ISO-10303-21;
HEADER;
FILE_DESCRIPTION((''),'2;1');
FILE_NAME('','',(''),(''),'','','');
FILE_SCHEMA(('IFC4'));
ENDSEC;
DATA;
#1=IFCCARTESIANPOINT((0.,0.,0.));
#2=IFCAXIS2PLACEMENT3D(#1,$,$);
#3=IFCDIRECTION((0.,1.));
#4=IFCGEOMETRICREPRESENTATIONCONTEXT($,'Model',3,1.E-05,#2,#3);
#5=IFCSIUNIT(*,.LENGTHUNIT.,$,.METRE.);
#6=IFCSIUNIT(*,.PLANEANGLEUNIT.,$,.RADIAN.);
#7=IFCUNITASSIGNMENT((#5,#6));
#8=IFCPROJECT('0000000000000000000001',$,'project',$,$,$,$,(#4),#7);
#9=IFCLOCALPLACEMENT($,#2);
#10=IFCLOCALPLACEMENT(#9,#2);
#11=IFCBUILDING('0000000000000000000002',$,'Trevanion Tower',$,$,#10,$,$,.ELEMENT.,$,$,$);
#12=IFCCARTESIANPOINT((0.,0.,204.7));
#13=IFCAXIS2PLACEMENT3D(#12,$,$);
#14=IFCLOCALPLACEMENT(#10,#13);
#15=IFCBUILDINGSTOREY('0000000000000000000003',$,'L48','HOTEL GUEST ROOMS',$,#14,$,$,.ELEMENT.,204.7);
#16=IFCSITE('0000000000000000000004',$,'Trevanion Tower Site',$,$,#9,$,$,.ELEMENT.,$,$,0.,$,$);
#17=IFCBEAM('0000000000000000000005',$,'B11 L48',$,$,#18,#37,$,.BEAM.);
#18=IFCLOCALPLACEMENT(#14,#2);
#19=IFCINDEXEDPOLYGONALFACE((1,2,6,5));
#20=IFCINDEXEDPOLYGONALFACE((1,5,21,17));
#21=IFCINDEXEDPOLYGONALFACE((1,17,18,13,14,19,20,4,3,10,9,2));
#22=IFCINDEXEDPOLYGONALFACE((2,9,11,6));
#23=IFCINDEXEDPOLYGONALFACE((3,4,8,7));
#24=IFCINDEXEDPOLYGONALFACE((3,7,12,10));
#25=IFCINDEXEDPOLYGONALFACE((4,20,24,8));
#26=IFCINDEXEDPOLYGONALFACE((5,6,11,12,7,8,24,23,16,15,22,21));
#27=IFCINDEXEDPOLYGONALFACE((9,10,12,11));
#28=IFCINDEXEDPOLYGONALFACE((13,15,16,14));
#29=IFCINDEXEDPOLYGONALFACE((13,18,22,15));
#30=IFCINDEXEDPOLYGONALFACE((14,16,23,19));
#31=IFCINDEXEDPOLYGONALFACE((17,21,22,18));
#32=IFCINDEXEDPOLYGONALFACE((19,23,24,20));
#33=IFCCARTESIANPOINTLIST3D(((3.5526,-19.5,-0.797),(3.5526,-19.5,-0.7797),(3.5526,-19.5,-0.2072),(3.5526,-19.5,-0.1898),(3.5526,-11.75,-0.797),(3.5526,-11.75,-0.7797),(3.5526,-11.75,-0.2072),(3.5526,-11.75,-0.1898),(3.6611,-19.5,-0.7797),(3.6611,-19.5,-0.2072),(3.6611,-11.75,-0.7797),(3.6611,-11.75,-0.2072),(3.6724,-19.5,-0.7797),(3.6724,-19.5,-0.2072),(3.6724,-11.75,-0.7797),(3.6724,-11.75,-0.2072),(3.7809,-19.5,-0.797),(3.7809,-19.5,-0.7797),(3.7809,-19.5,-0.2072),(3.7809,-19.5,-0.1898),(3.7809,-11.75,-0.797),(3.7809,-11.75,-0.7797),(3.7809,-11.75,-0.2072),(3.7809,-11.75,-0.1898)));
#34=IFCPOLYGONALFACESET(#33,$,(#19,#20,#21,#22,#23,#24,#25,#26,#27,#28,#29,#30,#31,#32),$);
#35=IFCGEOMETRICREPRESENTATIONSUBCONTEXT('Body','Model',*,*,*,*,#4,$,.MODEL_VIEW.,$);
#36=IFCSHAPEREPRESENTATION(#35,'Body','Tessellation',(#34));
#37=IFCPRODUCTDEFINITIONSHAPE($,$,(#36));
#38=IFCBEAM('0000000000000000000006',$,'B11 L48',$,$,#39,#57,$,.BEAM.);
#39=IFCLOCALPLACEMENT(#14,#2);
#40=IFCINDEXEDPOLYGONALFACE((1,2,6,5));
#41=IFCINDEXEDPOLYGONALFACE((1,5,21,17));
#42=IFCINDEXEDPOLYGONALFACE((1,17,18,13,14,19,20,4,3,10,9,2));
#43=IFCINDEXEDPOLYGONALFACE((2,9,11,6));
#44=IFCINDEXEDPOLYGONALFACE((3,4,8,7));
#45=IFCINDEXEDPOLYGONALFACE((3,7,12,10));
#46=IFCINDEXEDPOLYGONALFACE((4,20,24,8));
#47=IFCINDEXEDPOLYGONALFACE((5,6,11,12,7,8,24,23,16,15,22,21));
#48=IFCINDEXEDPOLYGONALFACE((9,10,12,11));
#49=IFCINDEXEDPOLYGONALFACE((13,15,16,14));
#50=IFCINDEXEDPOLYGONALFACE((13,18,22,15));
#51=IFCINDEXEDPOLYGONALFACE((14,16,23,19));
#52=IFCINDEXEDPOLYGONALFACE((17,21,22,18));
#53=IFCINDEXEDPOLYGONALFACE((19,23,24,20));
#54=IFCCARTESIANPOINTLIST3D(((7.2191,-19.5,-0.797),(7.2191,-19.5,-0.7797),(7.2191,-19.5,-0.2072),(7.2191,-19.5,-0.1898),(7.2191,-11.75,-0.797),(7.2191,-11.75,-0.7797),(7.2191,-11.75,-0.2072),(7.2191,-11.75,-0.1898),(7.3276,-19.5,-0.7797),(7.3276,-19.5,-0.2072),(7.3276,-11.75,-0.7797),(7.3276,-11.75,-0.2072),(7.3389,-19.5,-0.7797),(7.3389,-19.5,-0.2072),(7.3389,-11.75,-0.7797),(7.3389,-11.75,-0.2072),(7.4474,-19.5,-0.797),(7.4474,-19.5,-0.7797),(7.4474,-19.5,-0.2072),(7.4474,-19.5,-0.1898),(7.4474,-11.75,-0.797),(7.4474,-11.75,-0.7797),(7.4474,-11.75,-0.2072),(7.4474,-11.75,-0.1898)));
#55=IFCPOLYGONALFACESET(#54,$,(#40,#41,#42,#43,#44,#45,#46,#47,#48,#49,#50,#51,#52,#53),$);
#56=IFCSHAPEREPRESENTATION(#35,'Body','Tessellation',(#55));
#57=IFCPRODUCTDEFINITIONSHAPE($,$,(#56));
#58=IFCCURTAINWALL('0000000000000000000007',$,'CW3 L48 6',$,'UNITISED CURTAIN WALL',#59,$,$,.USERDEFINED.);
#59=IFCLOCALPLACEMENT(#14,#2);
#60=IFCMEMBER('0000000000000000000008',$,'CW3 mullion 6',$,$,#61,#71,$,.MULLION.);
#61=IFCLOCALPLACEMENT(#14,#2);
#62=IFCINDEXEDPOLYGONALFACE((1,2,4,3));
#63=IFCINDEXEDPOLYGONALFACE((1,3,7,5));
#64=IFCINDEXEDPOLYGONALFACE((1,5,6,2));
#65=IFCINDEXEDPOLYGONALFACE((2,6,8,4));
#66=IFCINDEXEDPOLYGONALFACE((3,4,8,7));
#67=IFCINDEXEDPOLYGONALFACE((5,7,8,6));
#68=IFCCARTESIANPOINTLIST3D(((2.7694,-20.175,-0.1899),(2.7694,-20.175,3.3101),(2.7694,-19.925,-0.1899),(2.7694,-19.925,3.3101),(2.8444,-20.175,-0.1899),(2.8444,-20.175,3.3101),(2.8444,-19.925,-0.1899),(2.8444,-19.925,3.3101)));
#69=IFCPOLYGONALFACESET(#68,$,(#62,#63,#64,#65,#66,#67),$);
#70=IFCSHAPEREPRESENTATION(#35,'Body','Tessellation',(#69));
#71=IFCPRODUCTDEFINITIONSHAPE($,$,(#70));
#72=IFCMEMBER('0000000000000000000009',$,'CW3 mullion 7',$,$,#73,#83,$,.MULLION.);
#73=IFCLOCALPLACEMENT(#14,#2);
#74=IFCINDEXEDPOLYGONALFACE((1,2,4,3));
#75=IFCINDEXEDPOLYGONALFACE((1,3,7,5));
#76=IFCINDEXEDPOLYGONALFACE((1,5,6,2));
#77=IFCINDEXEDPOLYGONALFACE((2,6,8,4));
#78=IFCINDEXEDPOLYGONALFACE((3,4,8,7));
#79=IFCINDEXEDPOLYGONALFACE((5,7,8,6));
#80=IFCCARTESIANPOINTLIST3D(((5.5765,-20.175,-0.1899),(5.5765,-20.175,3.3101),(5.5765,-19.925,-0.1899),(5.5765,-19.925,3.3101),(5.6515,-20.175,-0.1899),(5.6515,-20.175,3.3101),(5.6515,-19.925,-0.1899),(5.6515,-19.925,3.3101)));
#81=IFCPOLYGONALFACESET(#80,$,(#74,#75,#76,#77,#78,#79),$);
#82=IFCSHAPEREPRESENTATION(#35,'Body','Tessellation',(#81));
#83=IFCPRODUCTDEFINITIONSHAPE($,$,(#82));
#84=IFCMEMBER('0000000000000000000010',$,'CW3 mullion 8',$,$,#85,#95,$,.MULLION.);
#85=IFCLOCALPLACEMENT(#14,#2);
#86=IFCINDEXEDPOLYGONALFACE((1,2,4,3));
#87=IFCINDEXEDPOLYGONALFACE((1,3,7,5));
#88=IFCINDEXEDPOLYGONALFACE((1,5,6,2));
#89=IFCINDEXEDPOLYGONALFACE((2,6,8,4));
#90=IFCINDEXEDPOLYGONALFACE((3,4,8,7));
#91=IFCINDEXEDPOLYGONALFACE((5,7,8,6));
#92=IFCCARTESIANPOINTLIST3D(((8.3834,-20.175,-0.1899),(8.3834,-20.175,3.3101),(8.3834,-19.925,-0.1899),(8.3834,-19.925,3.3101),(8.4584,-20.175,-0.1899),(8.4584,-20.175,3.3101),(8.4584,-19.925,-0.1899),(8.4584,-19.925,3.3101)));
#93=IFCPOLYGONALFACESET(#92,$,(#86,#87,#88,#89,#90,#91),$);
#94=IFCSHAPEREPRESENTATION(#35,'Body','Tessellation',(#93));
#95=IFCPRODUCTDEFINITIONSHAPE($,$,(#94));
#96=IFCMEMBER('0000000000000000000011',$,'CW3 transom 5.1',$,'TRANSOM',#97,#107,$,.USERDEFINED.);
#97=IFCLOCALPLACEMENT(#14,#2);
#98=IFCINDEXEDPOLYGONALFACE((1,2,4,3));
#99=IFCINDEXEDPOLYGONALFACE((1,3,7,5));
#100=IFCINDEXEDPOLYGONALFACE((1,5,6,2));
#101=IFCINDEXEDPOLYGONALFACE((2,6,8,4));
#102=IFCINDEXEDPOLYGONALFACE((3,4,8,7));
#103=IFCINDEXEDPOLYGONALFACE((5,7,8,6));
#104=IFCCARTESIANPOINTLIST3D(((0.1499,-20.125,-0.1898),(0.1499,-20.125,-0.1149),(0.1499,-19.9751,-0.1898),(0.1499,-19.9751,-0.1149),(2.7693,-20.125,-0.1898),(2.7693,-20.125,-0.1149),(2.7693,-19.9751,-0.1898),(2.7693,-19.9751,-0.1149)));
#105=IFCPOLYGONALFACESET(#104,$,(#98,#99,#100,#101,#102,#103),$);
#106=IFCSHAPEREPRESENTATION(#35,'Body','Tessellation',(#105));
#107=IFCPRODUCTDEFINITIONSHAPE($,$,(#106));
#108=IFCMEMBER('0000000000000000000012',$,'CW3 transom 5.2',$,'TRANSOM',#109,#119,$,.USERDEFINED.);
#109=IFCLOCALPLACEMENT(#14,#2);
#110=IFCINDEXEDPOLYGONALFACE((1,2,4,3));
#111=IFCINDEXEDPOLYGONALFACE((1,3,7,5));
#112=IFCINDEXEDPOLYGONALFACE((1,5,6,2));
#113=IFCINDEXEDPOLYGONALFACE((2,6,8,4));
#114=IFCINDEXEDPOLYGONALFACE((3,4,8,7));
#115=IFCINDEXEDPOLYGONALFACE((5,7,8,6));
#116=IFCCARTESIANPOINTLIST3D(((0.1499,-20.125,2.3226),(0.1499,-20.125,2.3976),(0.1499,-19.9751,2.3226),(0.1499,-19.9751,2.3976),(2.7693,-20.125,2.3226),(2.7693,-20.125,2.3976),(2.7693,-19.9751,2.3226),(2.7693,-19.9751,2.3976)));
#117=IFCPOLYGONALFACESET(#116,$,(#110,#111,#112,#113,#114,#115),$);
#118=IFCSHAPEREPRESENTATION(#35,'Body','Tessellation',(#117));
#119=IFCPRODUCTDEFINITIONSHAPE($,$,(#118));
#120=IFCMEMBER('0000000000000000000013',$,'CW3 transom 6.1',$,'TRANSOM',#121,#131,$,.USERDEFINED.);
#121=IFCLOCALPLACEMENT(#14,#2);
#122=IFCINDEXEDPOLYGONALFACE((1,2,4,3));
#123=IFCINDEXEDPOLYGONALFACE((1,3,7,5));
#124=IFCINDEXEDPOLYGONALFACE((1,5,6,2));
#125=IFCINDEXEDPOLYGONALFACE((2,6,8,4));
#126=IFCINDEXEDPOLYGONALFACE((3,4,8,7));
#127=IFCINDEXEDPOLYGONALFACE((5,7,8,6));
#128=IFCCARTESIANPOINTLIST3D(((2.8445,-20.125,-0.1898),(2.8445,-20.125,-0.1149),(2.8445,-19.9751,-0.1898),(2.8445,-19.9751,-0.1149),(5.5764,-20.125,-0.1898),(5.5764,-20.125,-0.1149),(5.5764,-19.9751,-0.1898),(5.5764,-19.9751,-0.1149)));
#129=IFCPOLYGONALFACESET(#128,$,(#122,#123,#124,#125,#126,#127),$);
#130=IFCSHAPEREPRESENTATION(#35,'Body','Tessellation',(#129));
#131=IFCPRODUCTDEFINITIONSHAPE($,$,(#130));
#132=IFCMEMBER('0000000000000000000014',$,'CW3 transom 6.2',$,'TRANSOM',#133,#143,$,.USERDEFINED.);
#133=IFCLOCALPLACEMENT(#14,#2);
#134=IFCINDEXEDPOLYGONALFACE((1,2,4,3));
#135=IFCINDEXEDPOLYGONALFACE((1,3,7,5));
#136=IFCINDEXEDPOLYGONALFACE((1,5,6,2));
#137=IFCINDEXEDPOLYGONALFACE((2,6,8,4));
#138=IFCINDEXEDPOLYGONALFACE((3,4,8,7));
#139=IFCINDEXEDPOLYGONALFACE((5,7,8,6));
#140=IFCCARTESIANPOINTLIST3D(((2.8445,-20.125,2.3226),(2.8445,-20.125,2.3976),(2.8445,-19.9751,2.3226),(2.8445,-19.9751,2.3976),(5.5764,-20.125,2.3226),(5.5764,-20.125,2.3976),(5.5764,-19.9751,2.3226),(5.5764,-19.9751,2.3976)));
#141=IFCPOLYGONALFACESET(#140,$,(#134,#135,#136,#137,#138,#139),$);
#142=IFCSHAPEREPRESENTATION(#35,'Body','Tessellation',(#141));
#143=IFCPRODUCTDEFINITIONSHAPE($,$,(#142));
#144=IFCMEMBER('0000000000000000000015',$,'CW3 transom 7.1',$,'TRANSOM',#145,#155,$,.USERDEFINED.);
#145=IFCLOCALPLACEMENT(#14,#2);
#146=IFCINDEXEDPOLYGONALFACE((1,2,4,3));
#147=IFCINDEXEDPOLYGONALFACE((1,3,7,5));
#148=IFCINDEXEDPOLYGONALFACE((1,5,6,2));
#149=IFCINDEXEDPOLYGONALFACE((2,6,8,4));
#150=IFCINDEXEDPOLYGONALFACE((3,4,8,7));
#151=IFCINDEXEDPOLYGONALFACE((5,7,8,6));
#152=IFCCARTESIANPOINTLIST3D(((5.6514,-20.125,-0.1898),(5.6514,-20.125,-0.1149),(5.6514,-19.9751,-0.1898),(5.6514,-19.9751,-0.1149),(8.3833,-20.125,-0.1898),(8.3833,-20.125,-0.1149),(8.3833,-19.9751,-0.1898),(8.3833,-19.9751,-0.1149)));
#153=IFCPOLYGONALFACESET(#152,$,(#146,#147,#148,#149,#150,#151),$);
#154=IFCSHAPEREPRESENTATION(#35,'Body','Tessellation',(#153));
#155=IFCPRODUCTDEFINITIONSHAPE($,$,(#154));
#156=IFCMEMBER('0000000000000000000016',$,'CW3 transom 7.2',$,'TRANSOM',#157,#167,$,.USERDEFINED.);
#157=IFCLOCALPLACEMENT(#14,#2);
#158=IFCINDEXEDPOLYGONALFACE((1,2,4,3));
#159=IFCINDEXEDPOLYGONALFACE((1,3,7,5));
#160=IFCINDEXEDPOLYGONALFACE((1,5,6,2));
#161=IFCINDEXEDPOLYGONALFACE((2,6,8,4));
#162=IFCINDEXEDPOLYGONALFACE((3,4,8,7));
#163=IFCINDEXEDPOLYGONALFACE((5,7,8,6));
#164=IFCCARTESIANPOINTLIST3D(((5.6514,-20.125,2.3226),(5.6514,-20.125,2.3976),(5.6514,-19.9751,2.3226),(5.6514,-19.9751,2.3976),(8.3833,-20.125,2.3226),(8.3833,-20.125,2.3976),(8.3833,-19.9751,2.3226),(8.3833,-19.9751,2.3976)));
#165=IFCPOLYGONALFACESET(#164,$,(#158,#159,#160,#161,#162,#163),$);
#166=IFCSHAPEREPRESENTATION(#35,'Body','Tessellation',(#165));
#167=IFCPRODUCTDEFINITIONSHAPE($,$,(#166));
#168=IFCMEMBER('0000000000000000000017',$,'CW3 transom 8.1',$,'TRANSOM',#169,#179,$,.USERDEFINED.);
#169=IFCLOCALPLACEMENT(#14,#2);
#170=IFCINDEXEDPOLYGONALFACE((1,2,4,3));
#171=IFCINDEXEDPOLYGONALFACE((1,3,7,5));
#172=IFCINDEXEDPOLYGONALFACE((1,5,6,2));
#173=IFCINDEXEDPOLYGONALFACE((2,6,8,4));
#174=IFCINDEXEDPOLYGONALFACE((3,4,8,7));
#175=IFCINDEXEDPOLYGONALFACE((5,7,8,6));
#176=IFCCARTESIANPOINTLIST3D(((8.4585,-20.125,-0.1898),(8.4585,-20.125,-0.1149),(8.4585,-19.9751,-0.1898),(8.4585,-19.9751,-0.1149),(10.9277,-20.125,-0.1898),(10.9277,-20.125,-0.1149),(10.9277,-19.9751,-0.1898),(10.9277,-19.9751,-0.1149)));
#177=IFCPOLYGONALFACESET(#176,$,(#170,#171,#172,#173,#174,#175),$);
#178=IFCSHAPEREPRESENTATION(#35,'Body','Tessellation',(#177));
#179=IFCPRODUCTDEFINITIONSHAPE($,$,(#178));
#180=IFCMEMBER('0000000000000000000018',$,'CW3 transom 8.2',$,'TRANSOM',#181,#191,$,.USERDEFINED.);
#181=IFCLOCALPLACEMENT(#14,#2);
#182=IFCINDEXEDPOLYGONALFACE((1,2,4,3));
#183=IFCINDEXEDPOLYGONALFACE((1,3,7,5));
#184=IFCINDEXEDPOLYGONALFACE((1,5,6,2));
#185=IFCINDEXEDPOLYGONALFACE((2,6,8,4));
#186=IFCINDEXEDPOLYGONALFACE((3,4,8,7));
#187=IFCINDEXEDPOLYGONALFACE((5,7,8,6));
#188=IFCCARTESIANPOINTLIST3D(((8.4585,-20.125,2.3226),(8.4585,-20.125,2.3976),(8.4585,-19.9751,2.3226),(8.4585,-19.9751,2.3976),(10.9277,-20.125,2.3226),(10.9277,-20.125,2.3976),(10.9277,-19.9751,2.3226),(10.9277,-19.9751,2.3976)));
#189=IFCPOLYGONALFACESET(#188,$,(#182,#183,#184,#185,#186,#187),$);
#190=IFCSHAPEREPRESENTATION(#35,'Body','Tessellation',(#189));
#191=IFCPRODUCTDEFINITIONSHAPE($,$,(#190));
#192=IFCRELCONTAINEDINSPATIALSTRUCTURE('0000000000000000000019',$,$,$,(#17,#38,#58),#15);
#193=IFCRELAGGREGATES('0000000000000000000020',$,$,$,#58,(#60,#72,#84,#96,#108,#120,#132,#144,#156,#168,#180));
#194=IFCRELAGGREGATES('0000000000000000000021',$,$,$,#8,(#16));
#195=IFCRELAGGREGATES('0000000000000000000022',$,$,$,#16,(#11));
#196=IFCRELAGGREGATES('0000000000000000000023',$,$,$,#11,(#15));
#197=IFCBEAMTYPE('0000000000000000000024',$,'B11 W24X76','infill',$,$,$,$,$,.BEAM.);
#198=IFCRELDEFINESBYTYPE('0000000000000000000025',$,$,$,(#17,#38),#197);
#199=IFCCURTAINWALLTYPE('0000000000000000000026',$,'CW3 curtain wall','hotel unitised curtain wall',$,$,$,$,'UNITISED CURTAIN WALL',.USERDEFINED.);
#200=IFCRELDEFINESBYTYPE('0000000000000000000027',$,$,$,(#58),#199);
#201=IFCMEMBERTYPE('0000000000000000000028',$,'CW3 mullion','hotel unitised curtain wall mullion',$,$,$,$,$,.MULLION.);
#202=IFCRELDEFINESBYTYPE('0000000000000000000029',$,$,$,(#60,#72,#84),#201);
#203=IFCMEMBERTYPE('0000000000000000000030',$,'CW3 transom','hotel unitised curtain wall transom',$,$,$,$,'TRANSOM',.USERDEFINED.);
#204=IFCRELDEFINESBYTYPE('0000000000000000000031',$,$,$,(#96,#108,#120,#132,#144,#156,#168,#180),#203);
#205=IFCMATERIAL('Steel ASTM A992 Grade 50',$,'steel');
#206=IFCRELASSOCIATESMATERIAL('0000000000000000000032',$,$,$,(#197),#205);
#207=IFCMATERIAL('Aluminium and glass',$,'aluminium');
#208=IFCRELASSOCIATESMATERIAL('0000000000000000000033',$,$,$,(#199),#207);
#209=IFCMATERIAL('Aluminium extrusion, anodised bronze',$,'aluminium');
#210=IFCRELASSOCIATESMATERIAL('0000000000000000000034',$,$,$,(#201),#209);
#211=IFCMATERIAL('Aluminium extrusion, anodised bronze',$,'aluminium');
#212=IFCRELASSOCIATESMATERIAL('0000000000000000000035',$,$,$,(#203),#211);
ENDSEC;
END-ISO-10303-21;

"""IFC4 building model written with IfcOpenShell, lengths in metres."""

from ifc_helpers import new_model, si_unit, direction, frame, origin, origin_2d, place, context, subcontext, project, spatial, rectangle, i_section, extrude, material, material_profile, profile_set, type_object, element, aggregate, save


model = new_model("IFC4")

# Units and contexts
model_context = context("Model", 3, precision=1e-05, world=origin(), true_north=direction((0.0, 1.0)))
body_context = subcontext(model_context, "Body", "Model", "MODEL_VIEW")
ifc_project = project(units=[si_unit("LENGTHUNIT", "METRE"), si_unit("PLANEANGLEUNIT", "RADIAN")], contexts=[model_context])

# Site, building, storey
site_placement = place(None, origin())
site = spatial("IfcSite", under=ifc_project, at=site_placement, Name="Trevanion Tower Site", CompositionType="ELEMENT", RefElevation=0.0)
building_placement = place(site_placement, origin())
building = spatial("IfcBuilding", under=site, at=building_placement, Name="Trevanion Tower", CompositionType="ELEMENT")
storey_placement = place(building_placement, frame((0.0, 0.0, 204.7)))
storey = spatial("IfcBuildingStorey", under=building, at=storey_placement, Name="L48", Description="HOTEL GUEST ROOMS", CompositionType="ELEMENT", Elevation=204.7)

# Beams
ifc_material_1 = material(Name="Steel ASTM A992 Grade 50", Category="steel")
ifc_material_profile_1 = material_profile(ifc_material_1, i_section(OverallWidth=0.2283, OverallDepth=0.6072, WebThickness=0.0112, FlangeThickness=0.0173, at=origin_2d()), Name="W24X76")
ifc_profile_set_1 = profile_set([ifc_material_profile_1], Name="Steel ASTM A992 Grade 50")
beam_type_1 = type_object("IfcBeamType", Name="B11 W24X76", Description="infill", PredefinedType="BEAM", material=ifc_profile_set_1)
for number, where, z_axis, x_axis, name in (
    (1, (3.6667, -11.75, -0.4934), (0.0, -1.0, 0.0), (1.0, 0.0, 0.0), "B11 L48"),
    (2, (7.3333, -11.75, -0.4934), (0.0, -1.0, 0.0), (1.0, 0.0, 0.0), "B11 L48"),
):
    element("IfcBeam", number, at=place(storey_placement, frame(where, z_axis=z_axis, x_axis=x_axis)), inside=storey, type_object=beam_type_1, Name=name, PredefinedType="BEAM", context=body_context, shape_type="SweptSolid", body=[
        extrude(i_section(OverallWidth=0.2283, OverallDepth=0.6072, WebThickness=0.0112, FlangeThickness=0.0173, at=origin_2d()), origin(), (0.0, 0.0, 1.0), 7.75),
    ])

# Curtain wall, members
ifc_material_2 = material(Name="Aluminium and glass", Category="aluminium")
curtain_wall_type = type_object("IfcCurtainWallType", Name="CW3 curtain wall", Description="hotel unitised curtain wall", ElementType="UNITISED CURTAIN WALL", PredefinedType="USERDEFINED", material=ifc_material_2)
curtain_wall_placement = place(storey_placement, origin())
curtain_wall = element("IfcCurtainWall", 3, at=curtain_wall_placement, inside=storey, type_object=curtain_wall_type, Name="CW3 L48 6", ObjectType="UNITISED CURTAIN WALL", PredefinedType="USERDEFINED")
ifc_material_3 = material(Name="Aluminium extrusion, anodised bronze", Category="aluminium")
ifc_material_profile_2 = material_profile(ifc_material_3, rectangle(XDim=0.075, YDim=0.25, at=origin_2d()), Name="CW3 mullion")
ifc_profile_set_2 = profile_set([ifc_material_profile_2], Name="Aluminium extrusion, anodised bronze")
member_type_1 = type_object("IfcMemberType", Name="CW3 mullion", Description="hotel unitised curtain wall mullion", PredefinedType="MULLION", material=ifc_profile_set_2)
member_1_placement = place(storey_placement, frame((2.8069, -20.05, -0.1899), z_axis=(0.0, 0.0, 1.0), x_axis=(1.0, 0.0, 0.0)))
member_1 = element("IfcMember", 4, at=member_1_placement, type_object=member_type_1, Name="CW3 mullion 6", PredefinedType="MULLION", context=body_context, shape_type="SweptSolid", body=[
    extrude(rectangle(XDim=0.075, YDim=0.25, at=origin_2d()), origin(), (0.0, 0.0, 1.0), 3.5),
])
member_2_placement = place(storey_placement, frame((5.614, -20.05, -0.1899), z_axis=(0.0, 0.0, 1.0), x_axis=(1.0, 0.0, 0.0)))
member_2 = element("IfcMember", 5, at=member_2_placement, type_object=member_type_1, Name="CW3 mullion 7", PredefinedType="MULLION", context=body_context, shape_type="SweptSolid", body=[
    extrude(rectangle(XDim=0.075, YDim=0.25, at=origin_2d()), origin(), (0.0, 0.0, 1.0), 3.5),
])
member_3_placement = place(storey_placement, frame((8.4209, -20.05, -0.1899), z_axis=(0.0, 0.0, 1.0), x_axis=(1.0, 0.0, 0.0)))
member_3 = element("IfcMember", 6, at=member_3_placement, type_object=member_type_1, Name="CW3 mullion 8", PredefinedType="MULLION", context=body_context, shape_type="SweptSolid", body=[
    extrude(rectangle(XDim=0.075, YDim=0.25, at=origin_2d()), origin(), (0.0, 0.0, 1.0), 3.5),
])
ifc_material_4 = material(Name="Aluminium extrusion, anodised bronze", Category="aluminium")
ifc_material_profile_3 = material_profile(ifc_material_4, rectangle(XDim=0.1499, YDim=0.075, at=origin_2d()), Name="CW3 transom")
ifc_profile_set_3 = profile_set([ifc_material_profile_3], Name="Aluminium extrusion, anodised bronze")
member_type_2 = type_object("IfcMemberType", Name="CW3 transom", Description="hotel unitised curtain wall transom", ElementType="TRANSOM", PredefinedType="USERDEFINED", material=ifc_profile_set_3)
member_4_placement = place(storey_placement, frame((0.1499, -20.05, -0.1523), z_axis=(1.0, 0.0, 0.0), x_axis=(0.0, 1.0, 0.0)))
member_4 = element("IfcMember", 7, at=member_4_placement, type_object=member_type_2, Name="CW3 transom 5.1", ObjectType="TRANSOM", PredefinedType="USERDEFINED", context=body_context, shape_type="SweptSolid", body=[
    extrude(rectangle(XDim=0.1499, YDim=0.075, at=origin_2d()), origin(), (0.0, 0.0, 1.0), 2.6194),
])
member_5_placement = place(storey_placement, frame((0.1499, -20.05, 2.3601), z_axis=(1.0, 0.0, 0.0), x_axis=(0.0, 1.0, 0.0)))
member_5 = element("IfcMember", 8, at=member_5_placement, type_object=member_type_2, Name="CW3 transom 5.2", ObjectType="TRANSOM", PredefinedType="USERDEFINED", context=body_context, shape_type="SweptSolid", body=[
    extrude(rectangle(XDim=0.1499, YDim=0.075, at=origin_2d()), origin(), (0.0, 0.0, 1.0), 2.6194),
])
member_6_placement = place(storey_placement, frame((2.8445, -20.05, -0.1523), z_axis=(1.0, 0.0, 0.0), x_axis=(0.0, 1.0, 0.0)))
member_6 = element("IfcMember", 9, at=member_6_placement, type_object=member_type_2, Name="CW3 transom 6.1", ObjectType="TRANSOM", PredefinedType="USERDEFINED", context=body_context, shape_type="SweptSolid", body=[
    extrude(rectangle(XDim=0.1499, YDim=0.075, at=origin_2d()), origin(), (0.0, 0.0, 1.0), 2.7319),
])
member_7_placement = place(storey_placement, frame((2.8445, -20.05, 2.3601), z_axis=(1.0, 0.0, 0.0), x_axis=(0.0, 1.0, 0.0)))
member_7 = element("IfcMember", 10, at=member_7_placement, type_object=member_type_2, Name="CW3 transom 6.2", ObjectType="TRANSOM", PredefinedType="USERDEFINED", context=body_context, shape_type="SweptSolid", body=[
    extrude(rectangle(XDim=0.1499, YDim=0.075, at=origin_2d()), origin(), (0.0, 0.0, 1.0), 2.7319),
])
member_8_placement = place(storey_placement, frame((5.6514, -20.05, -0.1523), z_axis=(1.0, 0.0, 0.0), x_axis=(0.0, 1.0, 0.0)))
member_8 = element("IfcMember", 11, at=member_8_placement, type_object=member_type_2, Name="CW3 transom 7.1", ObjectType="TRANSOM", PredefinedType="USERDEFINED", context=body_context, shape_type="SweptSolid", body=[
    extrude(rectangle(XDim=0.1499, YDim=0.075, at=origin_2d()), origin(), (0.0, 0.0, 1.0), 2.7319),
])
member_9_placement = place(storey_placement, frame((5.6514, -20.05, 2.3601), z_axis=(1.0, 0.0, 0.0), x_axis=(0.0, 1.0, 0.0)))
member_9 = element("IfcMember", 12, at=member_9_placement, type_object=member_type_2, Name="CW3 transom 7.2", ObjectType="TRANSOM", PredefinedType="USERDEFINED", context=body_context, shape_type="SweptSolid", body=[
    extrude(rectangle(XDim=0.1499, YDim=0.075, at=origin_2d()), origin(), (0.0, 0.0, 1.0), 2.7319),
])
member_10_placement = place(storey_placement, frame((8.4585, -20.05, -0.1523), z_axis=(1.0, 0.0, 0.0), x_axis=(0.0, 1.0, 0.0)))
member_10 = element("IfcMember", 13, at=member_10_placement, type_object=member_type_2, Name="CW3 transom 8.1", ObjectType="TRANSOM", PredefinedType="USERDEFINED", context=body_context, shape_type="SweptSolid", body=[
    extrude(rectangle(XDim=0.1499, YDim=0.075, at=origin_2d()), origin(), (0.0, 0.0, 1.0), 2.4692),
])
member_11_placement = place(storey_placement, frame((8.4585, -20.05, 2.3601), z_axis=(1.0, 0.0, 0.0), x_axis=(0.0, 1.0, 0.0)))
member_11 = element("IfcMember", 14, at=member_11_placement, type_object=member_type_2, Name="CW3 transom 8.2", ObjectType="TRANSOM", PredefinedType="USERDEFINED", context=body_context, shape_type="SweptSolid", body=[
    extrude(rectangle(XDim=0.1499, YDim=0.075, at=origin_2d()), origin(), (0.0, 0.0, 1.0), 2.4692),
])

aggregate(curtain_wall, [member_1, member_2, member_3, member_4, member_5, member_6, member_7, member_8, member_9, member_10, member_11])

save(model, "model.ifc")
